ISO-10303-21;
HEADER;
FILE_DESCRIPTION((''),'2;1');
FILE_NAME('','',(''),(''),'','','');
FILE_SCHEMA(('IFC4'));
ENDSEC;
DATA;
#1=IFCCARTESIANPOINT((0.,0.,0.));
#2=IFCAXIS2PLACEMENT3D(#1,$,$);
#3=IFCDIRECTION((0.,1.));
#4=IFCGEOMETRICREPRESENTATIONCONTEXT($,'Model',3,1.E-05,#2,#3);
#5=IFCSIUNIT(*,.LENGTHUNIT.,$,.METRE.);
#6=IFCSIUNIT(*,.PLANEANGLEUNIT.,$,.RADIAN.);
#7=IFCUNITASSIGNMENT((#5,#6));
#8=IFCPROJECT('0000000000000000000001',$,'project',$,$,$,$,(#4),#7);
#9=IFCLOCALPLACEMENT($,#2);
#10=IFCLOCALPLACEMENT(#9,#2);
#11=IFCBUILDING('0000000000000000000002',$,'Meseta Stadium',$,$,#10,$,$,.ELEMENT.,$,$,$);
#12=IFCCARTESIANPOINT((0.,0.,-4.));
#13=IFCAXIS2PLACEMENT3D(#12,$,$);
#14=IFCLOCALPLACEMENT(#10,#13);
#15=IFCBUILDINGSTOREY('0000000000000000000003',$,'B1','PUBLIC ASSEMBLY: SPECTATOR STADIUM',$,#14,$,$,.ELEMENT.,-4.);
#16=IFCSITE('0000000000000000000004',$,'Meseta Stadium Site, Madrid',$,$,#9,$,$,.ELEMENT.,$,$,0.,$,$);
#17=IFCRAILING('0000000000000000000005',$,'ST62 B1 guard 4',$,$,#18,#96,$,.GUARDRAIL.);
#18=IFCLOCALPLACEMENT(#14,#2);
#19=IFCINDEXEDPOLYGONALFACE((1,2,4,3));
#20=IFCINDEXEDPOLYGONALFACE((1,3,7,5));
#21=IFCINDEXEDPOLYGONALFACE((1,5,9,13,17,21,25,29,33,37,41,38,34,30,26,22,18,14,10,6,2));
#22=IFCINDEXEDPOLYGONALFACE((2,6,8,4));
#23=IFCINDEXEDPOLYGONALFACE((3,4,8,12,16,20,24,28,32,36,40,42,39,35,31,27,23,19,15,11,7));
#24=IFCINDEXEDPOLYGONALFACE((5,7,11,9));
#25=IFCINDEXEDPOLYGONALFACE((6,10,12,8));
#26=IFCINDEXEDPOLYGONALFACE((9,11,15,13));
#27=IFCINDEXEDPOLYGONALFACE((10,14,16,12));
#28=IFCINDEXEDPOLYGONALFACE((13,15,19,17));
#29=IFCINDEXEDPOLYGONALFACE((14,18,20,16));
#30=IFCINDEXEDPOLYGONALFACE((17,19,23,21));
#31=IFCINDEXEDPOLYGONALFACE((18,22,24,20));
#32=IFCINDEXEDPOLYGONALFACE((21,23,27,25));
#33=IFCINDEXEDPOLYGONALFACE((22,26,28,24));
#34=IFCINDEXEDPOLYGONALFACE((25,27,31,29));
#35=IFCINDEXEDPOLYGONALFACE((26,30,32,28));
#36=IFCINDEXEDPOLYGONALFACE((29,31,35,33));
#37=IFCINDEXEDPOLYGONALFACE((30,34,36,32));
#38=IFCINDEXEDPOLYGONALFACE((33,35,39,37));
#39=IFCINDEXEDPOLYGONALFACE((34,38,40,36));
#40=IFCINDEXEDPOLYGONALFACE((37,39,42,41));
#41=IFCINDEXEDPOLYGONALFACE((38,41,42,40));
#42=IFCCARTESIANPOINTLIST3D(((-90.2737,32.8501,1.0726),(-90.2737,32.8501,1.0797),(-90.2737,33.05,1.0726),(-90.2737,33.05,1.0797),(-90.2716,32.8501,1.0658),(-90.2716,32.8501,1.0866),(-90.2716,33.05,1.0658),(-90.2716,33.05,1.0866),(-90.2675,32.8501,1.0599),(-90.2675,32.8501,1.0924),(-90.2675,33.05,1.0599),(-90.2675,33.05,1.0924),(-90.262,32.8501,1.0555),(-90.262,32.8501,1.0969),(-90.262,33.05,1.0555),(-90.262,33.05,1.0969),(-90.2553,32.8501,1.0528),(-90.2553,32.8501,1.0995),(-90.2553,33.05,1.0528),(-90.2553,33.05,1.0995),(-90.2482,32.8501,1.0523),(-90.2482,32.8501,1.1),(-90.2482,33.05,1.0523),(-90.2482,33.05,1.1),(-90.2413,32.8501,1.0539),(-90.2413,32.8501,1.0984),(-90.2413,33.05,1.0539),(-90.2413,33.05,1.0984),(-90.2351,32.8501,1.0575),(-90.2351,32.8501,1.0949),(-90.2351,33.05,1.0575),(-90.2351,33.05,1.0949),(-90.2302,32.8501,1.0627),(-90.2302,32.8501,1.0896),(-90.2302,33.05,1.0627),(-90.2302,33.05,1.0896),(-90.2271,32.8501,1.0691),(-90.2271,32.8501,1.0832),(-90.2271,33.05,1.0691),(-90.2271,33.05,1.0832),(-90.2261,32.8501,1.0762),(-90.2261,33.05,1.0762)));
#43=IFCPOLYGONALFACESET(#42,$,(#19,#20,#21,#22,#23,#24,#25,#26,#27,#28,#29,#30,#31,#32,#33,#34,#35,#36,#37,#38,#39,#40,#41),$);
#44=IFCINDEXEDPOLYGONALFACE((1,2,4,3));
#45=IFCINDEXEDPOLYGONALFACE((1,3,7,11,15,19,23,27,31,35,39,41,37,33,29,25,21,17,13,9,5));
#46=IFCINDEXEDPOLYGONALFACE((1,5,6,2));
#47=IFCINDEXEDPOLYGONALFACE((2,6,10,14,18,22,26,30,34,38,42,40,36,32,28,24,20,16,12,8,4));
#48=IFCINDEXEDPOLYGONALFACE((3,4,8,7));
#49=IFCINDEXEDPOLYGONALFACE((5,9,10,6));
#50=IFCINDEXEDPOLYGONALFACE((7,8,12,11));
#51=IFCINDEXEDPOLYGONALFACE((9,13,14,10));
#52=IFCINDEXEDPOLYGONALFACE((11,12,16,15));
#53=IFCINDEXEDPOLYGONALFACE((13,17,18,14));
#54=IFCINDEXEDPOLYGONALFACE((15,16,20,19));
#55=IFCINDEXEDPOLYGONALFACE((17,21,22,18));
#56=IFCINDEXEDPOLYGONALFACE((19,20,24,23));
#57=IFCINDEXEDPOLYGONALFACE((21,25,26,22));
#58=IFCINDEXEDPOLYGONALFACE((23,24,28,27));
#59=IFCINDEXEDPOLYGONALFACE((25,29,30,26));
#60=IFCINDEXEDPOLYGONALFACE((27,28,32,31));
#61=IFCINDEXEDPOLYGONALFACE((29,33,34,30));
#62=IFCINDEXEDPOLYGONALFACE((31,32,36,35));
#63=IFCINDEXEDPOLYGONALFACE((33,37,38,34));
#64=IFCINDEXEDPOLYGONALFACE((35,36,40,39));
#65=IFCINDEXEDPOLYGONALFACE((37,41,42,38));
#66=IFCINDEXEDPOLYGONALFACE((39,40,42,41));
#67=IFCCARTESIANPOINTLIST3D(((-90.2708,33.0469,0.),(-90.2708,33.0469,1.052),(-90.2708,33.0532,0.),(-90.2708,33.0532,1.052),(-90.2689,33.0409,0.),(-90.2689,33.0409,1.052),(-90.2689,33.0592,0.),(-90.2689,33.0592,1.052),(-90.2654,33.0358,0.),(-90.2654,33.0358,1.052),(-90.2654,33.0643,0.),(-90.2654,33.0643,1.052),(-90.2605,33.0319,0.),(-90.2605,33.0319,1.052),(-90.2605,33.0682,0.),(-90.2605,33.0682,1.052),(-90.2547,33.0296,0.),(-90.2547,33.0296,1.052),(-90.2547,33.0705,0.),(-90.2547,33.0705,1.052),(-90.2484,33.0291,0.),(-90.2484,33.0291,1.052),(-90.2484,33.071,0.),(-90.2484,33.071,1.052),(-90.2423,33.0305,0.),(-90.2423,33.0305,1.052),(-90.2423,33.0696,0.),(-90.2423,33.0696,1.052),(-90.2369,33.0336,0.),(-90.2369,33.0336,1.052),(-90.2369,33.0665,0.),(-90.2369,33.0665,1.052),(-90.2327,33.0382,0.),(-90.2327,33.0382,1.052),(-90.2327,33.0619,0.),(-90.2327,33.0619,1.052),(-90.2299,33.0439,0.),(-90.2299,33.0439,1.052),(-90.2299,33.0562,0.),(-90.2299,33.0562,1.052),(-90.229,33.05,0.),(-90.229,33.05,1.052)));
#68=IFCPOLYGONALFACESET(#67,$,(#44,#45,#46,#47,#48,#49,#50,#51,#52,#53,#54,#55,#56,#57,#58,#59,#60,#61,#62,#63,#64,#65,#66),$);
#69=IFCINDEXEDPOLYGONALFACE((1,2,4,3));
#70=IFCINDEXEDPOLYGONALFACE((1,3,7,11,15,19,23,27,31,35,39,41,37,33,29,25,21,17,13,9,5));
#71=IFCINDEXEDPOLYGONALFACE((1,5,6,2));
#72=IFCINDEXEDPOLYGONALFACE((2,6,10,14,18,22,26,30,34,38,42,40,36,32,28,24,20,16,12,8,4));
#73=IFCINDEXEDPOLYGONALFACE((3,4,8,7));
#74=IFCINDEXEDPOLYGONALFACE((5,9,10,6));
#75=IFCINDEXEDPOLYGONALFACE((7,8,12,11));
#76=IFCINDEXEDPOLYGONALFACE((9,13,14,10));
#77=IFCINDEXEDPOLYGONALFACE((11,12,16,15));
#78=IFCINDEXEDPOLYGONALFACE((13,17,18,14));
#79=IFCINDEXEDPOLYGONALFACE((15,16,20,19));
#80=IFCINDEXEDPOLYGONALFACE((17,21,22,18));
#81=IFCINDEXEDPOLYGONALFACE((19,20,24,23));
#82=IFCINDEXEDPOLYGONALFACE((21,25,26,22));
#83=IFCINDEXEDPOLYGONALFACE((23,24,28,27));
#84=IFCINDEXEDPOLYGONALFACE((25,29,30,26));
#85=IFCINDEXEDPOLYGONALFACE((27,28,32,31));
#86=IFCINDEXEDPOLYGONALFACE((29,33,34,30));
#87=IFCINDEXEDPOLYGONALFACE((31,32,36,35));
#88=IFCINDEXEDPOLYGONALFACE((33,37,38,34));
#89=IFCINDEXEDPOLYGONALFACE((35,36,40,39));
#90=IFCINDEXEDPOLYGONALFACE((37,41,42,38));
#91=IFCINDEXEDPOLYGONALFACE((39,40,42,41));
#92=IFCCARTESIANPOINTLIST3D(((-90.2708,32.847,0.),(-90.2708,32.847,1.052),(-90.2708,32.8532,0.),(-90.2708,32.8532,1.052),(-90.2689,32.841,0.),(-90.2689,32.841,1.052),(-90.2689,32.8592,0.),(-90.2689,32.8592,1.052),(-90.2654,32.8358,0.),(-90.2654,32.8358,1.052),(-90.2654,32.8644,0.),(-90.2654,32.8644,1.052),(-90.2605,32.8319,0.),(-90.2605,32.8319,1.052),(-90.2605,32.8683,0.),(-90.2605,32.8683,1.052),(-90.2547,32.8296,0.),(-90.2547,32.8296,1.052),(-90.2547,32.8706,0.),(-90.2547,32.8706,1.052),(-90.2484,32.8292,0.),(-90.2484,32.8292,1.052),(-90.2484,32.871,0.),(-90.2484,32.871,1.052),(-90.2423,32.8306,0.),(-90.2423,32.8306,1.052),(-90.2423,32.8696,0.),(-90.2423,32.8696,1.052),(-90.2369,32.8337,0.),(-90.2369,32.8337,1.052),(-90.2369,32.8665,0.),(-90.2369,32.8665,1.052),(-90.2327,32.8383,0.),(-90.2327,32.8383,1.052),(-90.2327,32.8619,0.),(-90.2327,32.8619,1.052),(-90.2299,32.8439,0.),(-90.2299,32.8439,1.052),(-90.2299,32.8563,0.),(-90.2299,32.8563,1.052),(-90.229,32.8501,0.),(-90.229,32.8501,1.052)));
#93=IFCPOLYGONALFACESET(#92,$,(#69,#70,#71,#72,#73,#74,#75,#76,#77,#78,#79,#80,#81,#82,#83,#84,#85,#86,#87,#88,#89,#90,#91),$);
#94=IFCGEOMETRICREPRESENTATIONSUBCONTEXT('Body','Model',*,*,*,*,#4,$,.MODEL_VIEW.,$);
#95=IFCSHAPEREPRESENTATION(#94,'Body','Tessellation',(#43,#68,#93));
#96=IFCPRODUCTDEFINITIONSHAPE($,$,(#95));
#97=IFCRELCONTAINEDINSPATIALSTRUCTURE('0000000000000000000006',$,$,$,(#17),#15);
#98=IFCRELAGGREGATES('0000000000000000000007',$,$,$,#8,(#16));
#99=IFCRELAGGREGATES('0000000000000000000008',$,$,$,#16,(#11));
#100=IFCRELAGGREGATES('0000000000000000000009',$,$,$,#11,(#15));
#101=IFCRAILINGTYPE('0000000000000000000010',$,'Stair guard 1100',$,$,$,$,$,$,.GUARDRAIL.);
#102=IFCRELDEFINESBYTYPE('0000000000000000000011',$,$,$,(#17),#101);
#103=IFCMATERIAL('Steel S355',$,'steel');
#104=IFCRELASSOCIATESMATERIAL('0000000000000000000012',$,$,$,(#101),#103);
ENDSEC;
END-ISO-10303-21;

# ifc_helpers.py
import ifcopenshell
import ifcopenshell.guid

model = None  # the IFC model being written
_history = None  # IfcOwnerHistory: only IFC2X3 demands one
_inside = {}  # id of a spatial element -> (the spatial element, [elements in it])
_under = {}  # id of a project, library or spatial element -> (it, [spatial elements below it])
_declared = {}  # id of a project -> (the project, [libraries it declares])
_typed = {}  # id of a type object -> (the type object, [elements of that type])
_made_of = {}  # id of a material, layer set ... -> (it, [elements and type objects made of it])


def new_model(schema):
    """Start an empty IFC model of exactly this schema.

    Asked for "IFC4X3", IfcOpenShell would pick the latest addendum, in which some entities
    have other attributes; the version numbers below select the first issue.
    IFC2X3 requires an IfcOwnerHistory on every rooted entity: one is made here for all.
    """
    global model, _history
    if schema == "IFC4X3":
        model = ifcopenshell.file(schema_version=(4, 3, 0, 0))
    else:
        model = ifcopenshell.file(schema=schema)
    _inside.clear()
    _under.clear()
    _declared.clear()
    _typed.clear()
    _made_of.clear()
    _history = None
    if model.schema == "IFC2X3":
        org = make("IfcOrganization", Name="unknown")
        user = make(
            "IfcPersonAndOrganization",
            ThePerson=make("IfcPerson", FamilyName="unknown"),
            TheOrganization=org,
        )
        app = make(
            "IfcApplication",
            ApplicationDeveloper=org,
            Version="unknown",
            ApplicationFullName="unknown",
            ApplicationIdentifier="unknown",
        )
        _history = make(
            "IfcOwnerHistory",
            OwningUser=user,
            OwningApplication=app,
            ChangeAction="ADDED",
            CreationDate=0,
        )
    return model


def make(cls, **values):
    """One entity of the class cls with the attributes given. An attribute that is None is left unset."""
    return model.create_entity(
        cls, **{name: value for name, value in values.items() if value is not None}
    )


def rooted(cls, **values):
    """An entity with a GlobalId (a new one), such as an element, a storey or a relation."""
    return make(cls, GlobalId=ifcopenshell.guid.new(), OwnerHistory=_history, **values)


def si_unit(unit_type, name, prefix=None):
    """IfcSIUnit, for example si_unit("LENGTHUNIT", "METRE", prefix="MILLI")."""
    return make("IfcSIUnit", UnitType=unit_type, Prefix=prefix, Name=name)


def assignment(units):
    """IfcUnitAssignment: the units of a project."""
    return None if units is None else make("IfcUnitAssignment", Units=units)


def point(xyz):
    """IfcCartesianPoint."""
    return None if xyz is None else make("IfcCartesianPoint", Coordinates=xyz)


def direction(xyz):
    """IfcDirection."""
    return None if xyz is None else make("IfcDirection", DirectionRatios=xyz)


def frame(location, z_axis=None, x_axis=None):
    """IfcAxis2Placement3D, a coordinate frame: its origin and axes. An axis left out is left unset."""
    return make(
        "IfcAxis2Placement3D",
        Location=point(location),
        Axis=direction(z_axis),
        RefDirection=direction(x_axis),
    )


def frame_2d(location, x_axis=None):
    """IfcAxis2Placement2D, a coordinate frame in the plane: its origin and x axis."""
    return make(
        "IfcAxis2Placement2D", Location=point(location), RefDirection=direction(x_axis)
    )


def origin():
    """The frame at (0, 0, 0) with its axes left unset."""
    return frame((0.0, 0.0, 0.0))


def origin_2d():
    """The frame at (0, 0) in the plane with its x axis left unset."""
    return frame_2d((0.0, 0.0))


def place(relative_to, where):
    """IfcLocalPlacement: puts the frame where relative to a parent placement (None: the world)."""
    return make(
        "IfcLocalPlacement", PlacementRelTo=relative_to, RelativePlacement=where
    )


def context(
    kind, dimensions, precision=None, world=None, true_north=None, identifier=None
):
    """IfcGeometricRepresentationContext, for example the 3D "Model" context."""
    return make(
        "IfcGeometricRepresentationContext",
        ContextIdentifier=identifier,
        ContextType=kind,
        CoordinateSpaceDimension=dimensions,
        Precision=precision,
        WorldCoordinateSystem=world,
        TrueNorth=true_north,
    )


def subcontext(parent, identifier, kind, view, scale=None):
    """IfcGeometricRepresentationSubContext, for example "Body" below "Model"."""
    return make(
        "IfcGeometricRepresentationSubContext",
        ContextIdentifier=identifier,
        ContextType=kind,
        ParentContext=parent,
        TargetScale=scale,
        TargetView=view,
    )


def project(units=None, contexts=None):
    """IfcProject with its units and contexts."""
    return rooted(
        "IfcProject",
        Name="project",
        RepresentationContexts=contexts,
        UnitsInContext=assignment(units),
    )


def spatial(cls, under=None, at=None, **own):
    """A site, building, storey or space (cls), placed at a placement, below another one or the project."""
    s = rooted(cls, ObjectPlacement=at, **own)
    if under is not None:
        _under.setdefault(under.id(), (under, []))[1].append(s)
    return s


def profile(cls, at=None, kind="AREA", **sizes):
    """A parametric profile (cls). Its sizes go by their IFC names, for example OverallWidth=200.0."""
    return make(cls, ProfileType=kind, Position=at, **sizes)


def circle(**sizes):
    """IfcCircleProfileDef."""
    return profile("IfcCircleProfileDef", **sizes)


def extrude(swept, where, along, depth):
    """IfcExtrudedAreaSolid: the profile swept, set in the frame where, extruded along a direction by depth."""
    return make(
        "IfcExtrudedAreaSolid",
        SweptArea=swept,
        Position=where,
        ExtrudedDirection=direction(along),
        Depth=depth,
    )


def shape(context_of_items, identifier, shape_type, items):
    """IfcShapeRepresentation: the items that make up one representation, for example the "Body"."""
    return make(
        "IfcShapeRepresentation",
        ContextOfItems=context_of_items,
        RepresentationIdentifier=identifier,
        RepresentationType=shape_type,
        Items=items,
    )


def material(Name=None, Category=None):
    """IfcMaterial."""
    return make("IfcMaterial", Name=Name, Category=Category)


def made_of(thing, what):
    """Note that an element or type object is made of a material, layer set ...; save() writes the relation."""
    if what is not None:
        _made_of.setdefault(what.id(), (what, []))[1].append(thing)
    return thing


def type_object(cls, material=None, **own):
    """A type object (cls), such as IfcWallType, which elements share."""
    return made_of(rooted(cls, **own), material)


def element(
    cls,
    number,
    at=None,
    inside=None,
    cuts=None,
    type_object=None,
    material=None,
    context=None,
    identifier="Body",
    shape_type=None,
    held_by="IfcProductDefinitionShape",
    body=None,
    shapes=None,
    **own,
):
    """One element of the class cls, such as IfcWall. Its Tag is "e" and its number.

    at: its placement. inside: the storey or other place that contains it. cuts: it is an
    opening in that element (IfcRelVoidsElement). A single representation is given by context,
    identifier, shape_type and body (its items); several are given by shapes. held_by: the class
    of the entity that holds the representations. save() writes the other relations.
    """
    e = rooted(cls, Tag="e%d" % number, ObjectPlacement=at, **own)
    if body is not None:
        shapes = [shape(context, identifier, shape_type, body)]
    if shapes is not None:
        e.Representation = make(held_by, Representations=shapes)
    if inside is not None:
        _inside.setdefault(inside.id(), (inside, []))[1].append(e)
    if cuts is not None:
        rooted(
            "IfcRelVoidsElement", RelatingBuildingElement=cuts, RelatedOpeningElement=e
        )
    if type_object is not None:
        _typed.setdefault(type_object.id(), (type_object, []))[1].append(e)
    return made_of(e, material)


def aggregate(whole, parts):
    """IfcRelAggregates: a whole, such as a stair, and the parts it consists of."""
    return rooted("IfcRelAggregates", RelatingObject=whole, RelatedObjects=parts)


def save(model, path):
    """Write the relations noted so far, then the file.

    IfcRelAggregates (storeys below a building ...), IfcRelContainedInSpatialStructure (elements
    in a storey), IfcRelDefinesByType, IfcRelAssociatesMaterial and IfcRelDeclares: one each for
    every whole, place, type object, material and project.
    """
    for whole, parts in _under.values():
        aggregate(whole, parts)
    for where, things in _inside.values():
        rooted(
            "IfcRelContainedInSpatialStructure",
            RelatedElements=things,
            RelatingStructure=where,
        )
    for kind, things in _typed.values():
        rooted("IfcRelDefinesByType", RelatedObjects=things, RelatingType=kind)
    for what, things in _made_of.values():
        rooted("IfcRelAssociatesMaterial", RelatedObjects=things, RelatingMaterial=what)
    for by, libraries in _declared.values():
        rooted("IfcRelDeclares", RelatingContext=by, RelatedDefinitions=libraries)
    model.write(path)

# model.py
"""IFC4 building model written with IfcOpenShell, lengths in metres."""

from ifc_helpers import new_model, si_unit, direction, frame, origin, origin_2d, place, context, subcontext, project, spatial, circle, extrude, material, type_object, element, save


model = new_model("IFC4")

# Units and contexts
model_context = context("Model", 3, precision=1e-05, world=origin(), true_north=direction((0.0, 1.0)))
body_context = subcontext(model_context, "Body", "Model", "MODEL_VIEW")
ifc_project = project(units=[si_unit("LENGTHUNIT", "METRE"), si_unit("PLANEANGLEUNIT", "RADIAN")], contexts=[model_context])

# Site, building, storey
site_placement = place(None, origin())
site = spatial("IfcSite", under=ifc_project, at=site_placement, Name="Meseta Stadium Site, Madrid", CompositionType="ELEMENT", RefElevation=0.0)
building_placement = place(site_placement, origin())
building = spatial("IfcBuilding", under=site, at=building_placement, Name="Meseta Stadium", CompositionType="ELEMENT")
storey_placement = place(building_placement, frame((0.0, 0.0, -4.0)))
storey = spatial("IfcBuildingStorey", under=building, at=storey_placement, Name="B1", Description="PUBLIC ASSEMBLY: SPECTATOR STADIUM", CompositionType="ELEMENT", Elevation=-4.0)

# Railing
ifc_material_1 = material(Name="Steel S355", Category="steel")
railing_type_1 = type_object("IfcRailingType", Name="Stair guard 1100", PredefinedType="GUARDRAIL", material=ifc_material_1)
railing_1_placement = place(storey_placement, frame((-90.25, 33.05, 0.0)))
element("IfcRailing", 1, at=railing_1_placement, inside=storey, type_object=railing_type_1, Name="ST62 B1 guard 4", PredefinedType="GUARDRAIL", context=body_context, shape_type="SweptSolid", body=[
    extrude(circle(Radius=0.0239, at=origin_2d()), frame((0.0, 0.0, 1.0762), z_axis=(0.0, -1.0, 0.0), x_axis=(1.0, 0.0, 0.0)), (0.0, 0.0, 1.0), 0.2),
    extrude(circle(Radius=0.021, at=origin_2d()), origin(), (0.0, 0.0, 1.0), 1.052),
    extrude(circle(Radius=0.021, at=origin_2d()), frame((0.0, -0.2, 0.0)), (0.0, 0.0, 1.0), 1.052),
])

save(model, "model.ifc")
